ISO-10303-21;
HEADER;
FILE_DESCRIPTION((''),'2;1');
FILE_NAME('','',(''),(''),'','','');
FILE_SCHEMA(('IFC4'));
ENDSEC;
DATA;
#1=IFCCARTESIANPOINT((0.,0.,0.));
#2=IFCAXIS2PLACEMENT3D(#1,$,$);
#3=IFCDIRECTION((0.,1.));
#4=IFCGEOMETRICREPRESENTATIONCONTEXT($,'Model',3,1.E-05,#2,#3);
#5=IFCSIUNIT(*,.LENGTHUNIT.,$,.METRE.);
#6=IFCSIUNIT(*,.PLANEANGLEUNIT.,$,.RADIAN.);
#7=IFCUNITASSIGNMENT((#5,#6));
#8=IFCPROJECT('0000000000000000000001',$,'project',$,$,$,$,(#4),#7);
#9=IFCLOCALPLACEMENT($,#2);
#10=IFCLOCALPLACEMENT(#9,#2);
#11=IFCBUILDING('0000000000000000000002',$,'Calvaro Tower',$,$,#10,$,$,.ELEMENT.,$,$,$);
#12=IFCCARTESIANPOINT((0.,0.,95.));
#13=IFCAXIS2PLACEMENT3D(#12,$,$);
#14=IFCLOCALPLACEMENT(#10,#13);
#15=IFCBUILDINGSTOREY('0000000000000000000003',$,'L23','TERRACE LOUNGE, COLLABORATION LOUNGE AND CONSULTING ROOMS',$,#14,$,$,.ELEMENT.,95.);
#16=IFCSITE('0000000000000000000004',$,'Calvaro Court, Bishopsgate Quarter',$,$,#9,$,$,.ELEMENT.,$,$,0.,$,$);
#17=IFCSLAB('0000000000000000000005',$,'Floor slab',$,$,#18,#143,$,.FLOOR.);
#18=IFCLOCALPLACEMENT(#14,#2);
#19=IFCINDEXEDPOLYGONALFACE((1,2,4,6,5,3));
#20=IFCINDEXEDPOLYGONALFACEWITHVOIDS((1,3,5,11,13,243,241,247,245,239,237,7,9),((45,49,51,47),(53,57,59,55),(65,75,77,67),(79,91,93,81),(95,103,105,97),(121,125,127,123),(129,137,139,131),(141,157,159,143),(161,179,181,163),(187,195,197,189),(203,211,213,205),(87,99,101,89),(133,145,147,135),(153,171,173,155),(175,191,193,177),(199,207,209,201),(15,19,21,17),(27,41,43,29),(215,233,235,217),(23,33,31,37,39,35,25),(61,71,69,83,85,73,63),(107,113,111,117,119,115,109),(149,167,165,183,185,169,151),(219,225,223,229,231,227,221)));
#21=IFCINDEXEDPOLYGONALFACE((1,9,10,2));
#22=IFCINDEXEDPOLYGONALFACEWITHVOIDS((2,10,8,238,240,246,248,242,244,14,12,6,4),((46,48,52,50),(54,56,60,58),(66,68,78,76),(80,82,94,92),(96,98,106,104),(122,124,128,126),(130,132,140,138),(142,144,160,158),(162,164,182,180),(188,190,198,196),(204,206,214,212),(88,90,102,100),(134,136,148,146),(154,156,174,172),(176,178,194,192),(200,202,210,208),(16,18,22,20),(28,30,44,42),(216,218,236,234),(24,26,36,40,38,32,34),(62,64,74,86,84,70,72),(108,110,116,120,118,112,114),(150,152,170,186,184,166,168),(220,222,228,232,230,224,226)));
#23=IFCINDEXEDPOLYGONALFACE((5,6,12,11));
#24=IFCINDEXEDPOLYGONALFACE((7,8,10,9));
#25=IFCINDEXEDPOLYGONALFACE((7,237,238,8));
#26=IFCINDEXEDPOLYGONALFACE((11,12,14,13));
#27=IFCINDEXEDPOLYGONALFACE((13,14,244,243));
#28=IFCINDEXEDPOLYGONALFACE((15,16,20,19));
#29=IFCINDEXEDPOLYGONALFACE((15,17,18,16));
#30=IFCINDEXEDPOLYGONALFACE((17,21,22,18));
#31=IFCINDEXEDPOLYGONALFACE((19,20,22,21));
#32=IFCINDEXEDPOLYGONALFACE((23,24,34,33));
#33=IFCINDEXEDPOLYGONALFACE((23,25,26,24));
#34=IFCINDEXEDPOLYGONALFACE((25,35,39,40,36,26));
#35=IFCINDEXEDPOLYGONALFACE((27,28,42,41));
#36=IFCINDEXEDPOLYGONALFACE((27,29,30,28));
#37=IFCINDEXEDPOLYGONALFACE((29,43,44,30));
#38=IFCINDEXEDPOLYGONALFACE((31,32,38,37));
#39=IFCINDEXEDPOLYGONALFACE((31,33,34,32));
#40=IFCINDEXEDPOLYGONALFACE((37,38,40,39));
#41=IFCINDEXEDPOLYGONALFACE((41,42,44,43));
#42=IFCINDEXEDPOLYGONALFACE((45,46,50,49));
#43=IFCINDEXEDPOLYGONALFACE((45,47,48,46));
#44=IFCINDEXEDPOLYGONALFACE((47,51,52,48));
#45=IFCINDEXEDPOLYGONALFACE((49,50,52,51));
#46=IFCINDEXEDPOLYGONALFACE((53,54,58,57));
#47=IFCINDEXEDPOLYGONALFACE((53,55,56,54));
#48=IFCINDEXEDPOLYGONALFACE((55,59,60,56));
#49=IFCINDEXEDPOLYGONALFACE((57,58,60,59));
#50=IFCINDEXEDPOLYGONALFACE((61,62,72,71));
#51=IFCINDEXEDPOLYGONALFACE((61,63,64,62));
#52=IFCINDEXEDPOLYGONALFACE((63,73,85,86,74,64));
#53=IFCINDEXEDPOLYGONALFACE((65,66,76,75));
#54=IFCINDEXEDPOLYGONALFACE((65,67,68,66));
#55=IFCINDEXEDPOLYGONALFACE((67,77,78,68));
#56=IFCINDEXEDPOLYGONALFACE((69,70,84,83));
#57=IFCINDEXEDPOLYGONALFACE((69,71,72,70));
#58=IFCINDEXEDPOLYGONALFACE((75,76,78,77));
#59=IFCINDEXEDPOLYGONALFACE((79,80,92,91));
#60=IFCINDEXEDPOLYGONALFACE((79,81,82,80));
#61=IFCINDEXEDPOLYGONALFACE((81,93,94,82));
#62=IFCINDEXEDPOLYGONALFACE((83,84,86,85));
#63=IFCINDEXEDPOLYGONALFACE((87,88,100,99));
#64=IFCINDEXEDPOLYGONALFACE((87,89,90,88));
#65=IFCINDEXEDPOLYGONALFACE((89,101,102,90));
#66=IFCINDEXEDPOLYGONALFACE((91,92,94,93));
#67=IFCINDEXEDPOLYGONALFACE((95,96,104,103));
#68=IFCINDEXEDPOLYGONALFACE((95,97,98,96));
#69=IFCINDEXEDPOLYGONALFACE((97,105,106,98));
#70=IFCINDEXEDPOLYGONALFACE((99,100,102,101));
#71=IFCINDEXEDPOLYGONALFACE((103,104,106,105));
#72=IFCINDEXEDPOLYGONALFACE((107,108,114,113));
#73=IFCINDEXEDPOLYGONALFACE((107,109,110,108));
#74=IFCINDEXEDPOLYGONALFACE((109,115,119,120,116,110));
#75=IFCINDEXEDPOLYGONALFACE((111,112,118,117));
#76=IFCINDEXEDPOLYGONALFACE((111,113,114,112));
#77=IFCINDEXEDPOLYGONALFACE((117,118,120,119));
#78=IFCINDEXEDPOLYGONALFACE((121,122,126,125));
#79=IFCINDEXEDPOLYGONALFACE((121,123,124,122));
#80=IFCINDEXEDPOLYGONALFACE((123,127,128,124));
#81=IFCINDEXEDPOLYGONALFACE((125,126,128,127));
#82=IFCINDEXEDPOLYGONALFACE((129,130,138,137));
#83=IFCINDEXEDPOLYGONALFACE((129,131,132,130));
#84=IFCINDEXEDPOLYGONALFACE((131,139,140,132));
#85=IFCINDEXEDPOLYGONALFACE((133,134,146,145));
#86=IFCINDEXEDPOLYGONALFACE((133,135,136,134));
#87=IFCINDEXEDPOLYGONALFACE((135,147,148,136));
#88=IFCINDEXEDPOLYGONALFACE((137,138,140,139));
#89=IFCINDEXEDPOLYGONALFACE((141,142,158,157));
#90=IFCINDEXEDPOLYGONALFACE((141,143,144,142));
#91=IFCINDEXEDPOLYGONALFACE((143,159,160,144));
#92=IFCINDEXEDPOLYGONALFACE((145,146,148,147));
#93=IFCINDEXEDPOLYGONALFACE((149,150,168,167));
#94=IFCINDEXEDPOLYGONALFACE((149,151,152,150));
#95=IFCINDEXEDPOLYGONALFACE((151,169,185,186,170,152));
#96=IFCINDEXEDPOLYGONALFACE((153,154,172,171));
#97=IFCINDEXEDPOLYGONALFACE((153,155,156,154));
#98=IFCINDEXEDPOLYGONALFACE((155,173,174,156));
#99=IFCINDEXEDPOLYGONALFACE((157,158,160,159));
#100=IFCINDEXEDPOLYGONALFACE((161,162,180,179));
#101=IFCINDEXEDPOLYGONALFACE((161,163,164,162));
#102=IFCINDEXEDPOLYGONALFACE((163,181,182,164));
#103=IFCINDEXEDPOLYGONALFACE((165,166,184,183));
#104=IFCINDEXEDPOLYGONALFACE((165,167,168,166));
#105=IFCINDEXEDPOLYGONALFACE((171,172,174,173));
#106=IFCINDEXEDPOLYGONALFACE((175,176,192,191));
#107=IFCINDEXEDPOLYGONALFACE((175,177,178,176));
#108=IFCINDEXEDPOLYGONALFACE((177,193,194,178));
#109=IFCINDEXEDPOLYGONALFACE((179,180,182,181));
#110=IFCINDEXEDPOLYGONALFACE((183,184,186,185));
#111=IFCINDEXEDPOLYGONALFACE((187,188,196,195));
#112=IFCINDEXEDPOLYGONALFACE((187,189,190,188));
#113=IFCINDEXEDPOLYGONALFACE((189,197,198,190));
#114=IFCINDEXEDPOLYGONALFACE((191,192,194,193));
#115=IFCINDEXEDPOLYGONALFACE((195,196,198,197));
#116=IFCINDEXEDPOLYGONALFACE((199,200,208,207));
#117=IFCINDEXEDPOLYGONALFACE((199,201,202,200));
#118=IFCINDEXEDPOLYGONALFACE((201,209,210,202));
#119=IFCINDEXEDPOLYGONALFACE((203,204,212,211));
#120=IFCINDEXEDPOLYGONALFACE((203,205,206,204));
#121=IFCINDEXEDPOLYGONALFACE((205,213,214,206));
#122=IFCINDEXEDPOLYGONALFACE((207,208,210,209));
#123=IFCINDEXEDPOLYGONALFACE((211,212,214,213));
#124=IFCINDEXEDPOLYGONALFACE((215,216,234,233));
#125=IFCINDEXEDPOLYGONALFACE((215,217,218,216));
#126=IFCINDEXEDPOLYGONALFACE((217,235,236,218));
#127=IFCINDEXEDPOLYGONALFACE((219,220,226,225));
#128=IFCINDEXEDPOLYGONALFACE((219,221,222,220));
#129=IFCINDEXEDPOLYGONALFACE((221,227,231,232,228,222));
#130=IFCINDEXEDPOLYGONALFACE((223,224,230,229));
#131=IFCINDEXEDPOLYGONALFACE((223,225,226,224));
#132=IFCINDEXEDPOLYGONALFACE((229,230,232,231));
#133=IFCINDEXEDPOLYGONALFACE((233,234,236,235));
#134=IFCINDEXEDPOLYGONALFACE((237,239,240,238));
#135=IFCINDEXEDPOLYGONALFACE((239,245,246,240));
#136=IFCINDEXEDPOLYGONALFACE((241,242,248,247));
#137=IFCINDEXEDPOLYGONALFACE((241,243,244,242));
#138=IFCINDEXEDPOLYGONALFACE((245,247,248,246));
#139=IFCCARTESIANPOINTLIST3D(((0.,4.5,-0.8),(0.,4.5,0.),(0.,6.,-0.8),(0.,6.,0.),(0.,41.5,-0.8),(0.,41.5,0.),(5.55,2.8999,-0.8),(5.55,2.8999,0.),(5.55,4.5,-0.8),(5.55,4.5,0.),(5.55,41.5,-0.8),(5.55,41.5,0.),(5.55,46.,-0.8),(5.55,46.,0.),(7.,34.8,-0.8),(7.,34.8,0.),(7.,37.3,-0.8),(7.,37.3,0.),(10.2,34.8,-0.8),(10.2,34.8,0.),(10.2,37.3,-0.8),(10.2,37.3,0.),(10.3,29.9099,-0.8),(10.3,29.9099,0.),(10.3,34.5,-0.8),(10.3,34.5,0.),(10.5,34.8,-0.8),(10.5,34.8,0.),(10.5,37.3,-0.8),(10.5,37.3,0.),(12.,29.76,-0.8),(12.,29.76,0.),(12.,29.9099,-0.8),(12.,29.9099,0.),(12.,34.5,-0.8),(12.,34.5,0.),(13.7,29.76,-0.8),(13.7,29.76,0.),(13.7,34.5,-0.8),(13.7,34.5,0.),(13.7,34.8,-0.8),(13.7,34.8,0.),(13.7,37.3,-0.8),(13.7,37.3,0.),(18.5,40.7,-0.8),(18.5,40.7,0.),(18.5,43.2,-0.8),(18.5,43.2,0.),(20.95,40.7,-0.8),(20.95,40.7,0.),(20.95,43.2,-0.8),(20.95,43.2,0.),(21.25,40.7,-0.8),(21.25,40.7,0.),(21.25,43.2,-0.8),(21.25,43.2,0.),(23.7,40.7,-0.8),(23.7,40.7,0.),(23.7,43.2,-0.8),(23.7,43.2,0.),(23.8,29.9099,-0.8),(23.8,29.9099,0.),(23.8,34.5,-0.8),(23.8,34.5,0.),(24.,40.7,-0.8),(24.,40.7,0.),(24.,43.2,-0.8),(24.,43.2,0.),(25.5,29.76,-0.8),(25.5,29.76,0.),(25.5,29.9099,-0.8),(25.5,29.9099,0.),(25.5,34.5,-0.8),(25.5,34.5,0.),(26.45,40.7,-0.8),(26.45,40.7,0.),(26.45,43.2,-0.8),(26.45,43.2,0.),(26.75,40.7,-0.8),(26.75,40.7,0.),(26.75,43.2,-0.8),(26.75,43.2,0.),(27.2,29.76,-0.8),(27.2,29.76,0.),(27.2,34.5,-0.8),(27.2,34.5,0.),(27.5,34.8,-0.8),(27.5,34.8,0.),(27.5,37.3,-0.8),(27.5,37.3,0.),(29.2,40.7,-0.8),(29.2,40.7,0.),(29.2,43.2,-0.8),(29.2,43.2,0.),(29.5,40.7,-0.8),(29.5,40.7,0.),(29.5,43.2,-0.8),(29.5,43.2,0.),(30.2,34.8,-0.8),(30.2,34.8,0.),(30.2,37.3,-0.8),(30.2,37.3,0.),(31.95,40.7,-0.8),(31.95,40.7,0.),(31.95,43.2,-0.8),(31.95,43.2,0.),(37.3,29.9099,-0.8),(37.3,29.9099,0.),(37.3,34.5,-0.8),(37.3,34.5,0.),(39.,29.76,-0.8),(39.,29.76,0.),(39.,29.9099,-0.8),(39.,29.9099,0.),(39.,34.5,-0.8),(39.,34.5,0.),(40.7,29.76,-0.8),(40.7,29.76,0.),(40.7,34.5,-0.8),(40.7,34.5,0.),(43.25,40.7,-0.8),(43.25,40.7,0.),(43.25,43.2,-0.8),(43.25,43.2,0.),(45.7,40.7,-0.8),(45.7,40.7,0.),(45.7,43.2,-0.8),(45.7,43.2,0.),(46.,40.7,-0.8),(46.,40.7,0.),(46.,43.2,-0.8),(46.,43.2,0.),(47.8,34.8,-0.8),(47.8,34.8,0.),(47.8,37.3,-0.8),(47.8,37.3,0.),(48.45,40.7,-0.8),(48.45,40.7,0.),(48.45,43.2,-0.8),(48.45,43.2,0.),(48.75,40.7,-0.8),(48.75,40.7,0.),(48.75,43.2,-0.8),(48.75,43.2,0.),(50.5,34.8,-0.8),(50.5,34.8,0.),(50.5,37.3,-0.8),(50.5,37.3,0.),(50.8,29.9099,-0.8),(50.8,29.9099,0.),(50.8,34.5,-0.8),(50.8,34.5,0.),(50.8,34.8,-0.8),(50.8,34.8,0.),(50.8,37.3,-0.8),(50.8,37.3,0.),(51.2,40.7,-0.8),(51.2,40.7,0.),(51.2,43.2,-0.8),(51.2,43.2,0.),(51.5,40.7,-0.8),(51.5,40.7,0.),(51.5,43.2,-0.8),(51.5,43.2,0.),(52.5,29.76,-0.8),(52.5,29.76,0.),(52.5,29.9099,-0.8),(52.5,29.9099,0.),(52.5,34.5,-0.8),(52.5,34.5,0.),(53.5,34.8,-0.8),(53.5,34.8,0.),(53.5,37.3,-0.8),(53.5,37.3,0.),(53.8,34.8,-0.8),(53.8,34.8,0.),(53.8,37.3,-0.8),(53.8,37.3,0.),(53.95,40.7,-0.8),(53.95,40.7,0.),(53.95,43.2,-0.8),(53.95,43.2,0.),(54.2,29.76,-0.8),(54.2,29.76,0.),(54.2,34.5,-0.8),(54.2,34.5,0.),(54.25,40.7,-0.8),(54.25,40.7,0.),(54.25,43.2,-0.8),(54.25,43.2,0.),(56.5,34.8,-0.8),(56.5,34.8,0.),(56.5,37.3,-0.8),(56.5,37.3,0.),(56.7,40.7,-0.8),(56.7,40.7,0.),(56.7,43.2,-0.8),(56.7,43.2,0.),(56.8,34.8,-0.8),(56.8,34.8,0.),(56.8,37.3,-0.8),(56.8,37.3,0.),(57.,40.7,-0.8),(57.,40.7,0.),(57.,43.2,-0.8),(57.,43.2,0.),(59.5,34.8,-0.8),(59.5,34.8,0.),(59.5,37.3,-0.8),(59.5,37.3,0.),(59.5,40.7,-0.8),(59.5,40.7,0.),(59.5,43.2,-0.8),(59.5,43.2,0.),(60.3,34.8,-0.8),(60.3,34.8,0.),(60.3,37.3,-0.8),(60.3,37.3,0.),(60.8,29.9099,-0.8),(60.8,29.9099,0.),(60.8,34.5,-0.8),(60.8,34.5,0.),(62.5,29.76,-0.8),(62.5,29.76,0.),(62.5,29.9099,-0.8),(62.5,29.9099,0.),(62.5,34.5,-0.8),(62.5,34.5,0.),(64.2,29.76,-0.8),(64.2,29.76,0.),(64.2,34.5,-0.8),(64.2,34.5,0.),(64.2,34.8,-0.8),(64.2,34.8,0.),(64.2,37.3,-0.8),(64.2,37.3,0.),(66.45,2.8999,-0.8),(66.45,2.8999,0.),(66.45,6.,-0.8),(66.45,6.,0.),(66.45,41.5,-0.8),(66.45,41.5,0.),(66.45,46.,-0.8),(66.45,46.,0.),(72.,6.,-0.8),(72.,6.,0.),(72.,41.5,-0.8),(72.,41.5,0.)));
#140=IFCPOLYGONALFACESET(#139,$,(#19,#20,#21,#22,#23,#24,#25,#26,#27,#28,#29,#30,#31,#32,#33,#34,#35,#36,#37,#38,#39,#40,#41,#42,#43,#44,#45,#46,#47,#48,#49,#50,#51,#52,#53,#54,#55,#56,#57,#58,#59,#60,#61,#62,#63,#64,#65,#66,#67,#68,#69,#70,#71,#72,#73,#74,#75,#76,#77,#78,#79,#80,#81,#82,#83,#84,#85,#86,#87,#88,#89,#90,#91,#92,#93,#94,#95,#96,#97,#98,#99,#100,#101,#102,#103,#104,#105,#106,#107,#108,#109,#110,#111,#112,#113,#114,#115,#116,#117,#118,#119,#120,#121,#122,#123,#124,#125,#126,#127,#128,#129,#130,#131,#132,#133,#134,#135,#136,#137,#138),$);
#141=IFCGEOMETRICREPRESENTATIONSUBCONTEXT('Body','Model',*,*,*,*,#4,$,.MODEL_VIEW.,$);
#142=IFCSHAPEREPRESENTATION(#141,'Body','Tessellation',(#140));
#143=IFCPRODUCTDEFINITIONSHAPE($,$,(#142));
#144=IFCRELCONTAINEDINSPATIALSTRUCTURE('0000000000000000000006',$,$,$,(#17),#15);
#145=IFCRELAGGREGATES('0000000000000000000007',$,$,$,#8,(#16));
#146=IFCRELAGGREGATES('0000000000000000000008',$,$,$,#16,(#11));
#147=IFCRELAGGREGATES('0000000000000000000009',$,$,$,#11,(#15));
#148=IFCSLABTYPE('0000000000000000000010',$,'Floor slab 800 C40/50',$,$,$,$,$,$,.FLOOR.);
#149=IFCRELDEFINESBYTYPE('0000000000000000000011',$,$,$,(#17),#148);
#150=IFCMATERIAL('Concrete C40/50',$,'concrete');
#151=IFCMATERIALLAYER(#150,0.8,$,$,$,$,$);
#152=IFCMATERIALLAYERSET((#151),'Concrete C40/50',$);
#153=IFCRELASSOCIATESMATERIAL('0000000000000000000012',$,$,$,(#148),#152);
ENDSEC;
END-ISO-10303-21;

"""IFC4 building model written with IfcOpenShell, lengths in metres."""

from ifc_helpers import new_model, si_unit, direction, frame, origin, place, context, subcontext, project, spatial, polyline, outline, extrude, material, layer, layer_set, type_object, element, save


model = new_model("IFC4")

# Units and contexts
model_context = context("Model", 3, precision=1e-05, world=origin(), true_north=direction((0.0, 1.0)))
body_context = subcontext(model_context, "Body", "Model", "MODEL_VIEW")
ifc_project = project(units=[si_unit("LENGTHUNIT", "METRE"), si_unit("PLANEANGLEUNIT", "RADIAN")], contexts=[model_context])

# Site, building, storey
site_placement = place(None, origin())
site = spatial("IfcSite", under=ifc_project, at=site_placement, Name="Calvaro Court, Bishopsgate Quarter", CompositionType="ELEMENT", RefElevation=0.0)
building_placement = place(site_placement, origin())
building = spatial("IfcBuilding", under=site, at=building_placement, Name="Calvaro Tower", CompositionType="ELEMENT")
storey_placement = place(building_placement, frame((0.0, 0.0, 95.0)))
storey = spatial("IfcBuildingStorey", under=building, at=storey_placement, Name="L23", Description="TERRACE LOUNGE, COLLABORATION LOUNGE AND CONSULTING ROOMS", CompositionType="ELEMENT", Elevation=95.0)

# Slab
ifc_material_1 = material(Name="Concrete C40/50", Category="concrete")
ifc_layer_1 = layer(ifc_material_1, 0.8)
ifc_layer_set_1 = layer_set([ifc_layer_1], Name="Concrete C40/50")
slab_type_1 = type_object("IfcSlabType", Name="Floor slab 800 C40/50", PredefinedType="FLOOR", material=ifc_layer_set_1)
slab_1_placement = place(storey_placement, frame((0.0, 0.0, -0.8)))
element("IfcSlab", 1, at=slab_1_placement, inside=storey, type_object=slab_type_1, Name="Floor slab", PredefinedType="FLOOR", context=body_context, shape_type="SweptSolid", body=[
    extrude(outline(polyline([(0.0, 6.0), (0.0, 41.5), (5.55, 41.5), (5.55, 46.0), (66.45, 46.0), (66.45, 41.5), (72.0, 41.5), (72.0, 6.0), (66.45, 6.0), (66.45, 2.8999), (5.55, 2.8999), (5.55, 4.5), (0.0, 4.5), (0.0, 6.0)]), holes=[polyline([(13.7, 34.5), (13.7, 29.76), (12.0, 29.76), (12.0, 29.9099), (10.3, 29.9099), (10.3, 34.5), (12.0, 34.5), (13.7, 34.5)]), polyline([(27.2, 34.5), (27.2, 29.76), (25.5, 29.76), (25.5, 29.9099), (23.8, 29.9099), (23.8, 34.5), (25.5, 34.5), (27.2, 34.5)]), polyline([(40.7, 34.5), (40.7, 29.76), (39.0, 29.76), (39.0, 29.9099), (37.3, 29.9099), (37.3, 34.5), (39.0, 34.5), (40.7, 34.5)]), polyline([(54.2, 34.5), (54.2, 29.76), (52.5, 29.76), (52.5, 29.9099), (50.8, 29.9099), (50.8, 34.5), (52.5, 34.5), (54.2, 34.5)]), polyline([(64.2, 34.5), (64.2, 29.76), (62.5, 29.76), (62.5, 29.9099), (60.8, 29.9099), (60.8, 34.5), (62.5, 34.5), (64.2, 34.5)]), polyline([(50.8, 34.8), (53.5, 34.8), (53.5, 37.3), (50.8, 37.3), (50.8, 34.8)]), polyline([(53.8, 34.8), (56.5, 34.8), (56.5, 37.3), (53.8, 37.3), (53.8, 34.8)]), polyline([(56.8, 34.8), (59.5, 34.8), (59.5, 37.3), (56.8, 37.3), (56.8, 34.8)]), polyline([(18.5, 40.7), (20.95, 40.7), (20.95, 43.2), (18.5, 43.2), (18.5, 40.7)]), polyline([(21.25, 40.7), (23.7, 40.7), (23.7, 43.2), (21.25, 43.2), (21.25, 40.7)]), polyline([(24.0, 40.7), (26.45, 40.7), (26.45, 43.2), (24.0, 43.2), (24.0, 40.7)]), polyline([(26.75, 40.7), (29.2, 40.7), (29.2, 43.2), (26.75, 43.2), (26.75, 40.7)]), polyline([(29.5, 40.7), (31.95, 40.7), (31.95, 43.2), (29.5, 43.2), (29.5, 40.7)]), polyline([(43.25, 40.7), (45.7, 40.7), (45.7, 43.2), (43.25, 43.2), (43.25, 40.7)]), polyline([(46.0, 40.7), (48.45, 40.7), (48.45, 43.2), (46.0, 43.2), (46.0, 40.7)]), polyline([(48.75, 40.7), (51.2, 40.7), (51.2, 43.2), (48.75, 43.2), (48.75, 40.7)]), polyline([(51.5, 40.7), (53.95, 40.7), (53.95, 43.2), (51.5, 43.2), (51.5, 40.7)]), polyline([(54.25, 40.7), (56.7, 40.7), (56.7, 43.2), (54.25, 43.2), (54.25, 40.7)]), polyline([(57.0, 40.7), (59.5, 40.7), (59.5, 43.2), (57.0, 43.2), (57.0, 40.7)]), polyline([(7.0, 34.8), (10.2, 34.8), (10.2, 37.3), (7.0, 37.3), (7.0, 34.8)]), polyline([(10.5, 34.8), (13.7, 34.8), (13.7, 37.3), (10.5, 37.3), (10.5, 34.8)]), polyline([(60.3, 34.8), (64.2, 34.8), (64.2, 37.3), (60.3, 37.3), (60.3, 34.8)]), polyline([(27.5, 34.8), (30.2, 34.8), (30.2, 37.3), (27.5, 37.3), (27.5, 34.8)]), polyline([(47.8, 34.8), (50.5, 34.8), (50.5, 37.3), (47.8, 37.3), (47.8, 34.8)])]), origin(), (0.0, 0.0, 1.0), 0.8),
])

save(model, "model.ifc")
